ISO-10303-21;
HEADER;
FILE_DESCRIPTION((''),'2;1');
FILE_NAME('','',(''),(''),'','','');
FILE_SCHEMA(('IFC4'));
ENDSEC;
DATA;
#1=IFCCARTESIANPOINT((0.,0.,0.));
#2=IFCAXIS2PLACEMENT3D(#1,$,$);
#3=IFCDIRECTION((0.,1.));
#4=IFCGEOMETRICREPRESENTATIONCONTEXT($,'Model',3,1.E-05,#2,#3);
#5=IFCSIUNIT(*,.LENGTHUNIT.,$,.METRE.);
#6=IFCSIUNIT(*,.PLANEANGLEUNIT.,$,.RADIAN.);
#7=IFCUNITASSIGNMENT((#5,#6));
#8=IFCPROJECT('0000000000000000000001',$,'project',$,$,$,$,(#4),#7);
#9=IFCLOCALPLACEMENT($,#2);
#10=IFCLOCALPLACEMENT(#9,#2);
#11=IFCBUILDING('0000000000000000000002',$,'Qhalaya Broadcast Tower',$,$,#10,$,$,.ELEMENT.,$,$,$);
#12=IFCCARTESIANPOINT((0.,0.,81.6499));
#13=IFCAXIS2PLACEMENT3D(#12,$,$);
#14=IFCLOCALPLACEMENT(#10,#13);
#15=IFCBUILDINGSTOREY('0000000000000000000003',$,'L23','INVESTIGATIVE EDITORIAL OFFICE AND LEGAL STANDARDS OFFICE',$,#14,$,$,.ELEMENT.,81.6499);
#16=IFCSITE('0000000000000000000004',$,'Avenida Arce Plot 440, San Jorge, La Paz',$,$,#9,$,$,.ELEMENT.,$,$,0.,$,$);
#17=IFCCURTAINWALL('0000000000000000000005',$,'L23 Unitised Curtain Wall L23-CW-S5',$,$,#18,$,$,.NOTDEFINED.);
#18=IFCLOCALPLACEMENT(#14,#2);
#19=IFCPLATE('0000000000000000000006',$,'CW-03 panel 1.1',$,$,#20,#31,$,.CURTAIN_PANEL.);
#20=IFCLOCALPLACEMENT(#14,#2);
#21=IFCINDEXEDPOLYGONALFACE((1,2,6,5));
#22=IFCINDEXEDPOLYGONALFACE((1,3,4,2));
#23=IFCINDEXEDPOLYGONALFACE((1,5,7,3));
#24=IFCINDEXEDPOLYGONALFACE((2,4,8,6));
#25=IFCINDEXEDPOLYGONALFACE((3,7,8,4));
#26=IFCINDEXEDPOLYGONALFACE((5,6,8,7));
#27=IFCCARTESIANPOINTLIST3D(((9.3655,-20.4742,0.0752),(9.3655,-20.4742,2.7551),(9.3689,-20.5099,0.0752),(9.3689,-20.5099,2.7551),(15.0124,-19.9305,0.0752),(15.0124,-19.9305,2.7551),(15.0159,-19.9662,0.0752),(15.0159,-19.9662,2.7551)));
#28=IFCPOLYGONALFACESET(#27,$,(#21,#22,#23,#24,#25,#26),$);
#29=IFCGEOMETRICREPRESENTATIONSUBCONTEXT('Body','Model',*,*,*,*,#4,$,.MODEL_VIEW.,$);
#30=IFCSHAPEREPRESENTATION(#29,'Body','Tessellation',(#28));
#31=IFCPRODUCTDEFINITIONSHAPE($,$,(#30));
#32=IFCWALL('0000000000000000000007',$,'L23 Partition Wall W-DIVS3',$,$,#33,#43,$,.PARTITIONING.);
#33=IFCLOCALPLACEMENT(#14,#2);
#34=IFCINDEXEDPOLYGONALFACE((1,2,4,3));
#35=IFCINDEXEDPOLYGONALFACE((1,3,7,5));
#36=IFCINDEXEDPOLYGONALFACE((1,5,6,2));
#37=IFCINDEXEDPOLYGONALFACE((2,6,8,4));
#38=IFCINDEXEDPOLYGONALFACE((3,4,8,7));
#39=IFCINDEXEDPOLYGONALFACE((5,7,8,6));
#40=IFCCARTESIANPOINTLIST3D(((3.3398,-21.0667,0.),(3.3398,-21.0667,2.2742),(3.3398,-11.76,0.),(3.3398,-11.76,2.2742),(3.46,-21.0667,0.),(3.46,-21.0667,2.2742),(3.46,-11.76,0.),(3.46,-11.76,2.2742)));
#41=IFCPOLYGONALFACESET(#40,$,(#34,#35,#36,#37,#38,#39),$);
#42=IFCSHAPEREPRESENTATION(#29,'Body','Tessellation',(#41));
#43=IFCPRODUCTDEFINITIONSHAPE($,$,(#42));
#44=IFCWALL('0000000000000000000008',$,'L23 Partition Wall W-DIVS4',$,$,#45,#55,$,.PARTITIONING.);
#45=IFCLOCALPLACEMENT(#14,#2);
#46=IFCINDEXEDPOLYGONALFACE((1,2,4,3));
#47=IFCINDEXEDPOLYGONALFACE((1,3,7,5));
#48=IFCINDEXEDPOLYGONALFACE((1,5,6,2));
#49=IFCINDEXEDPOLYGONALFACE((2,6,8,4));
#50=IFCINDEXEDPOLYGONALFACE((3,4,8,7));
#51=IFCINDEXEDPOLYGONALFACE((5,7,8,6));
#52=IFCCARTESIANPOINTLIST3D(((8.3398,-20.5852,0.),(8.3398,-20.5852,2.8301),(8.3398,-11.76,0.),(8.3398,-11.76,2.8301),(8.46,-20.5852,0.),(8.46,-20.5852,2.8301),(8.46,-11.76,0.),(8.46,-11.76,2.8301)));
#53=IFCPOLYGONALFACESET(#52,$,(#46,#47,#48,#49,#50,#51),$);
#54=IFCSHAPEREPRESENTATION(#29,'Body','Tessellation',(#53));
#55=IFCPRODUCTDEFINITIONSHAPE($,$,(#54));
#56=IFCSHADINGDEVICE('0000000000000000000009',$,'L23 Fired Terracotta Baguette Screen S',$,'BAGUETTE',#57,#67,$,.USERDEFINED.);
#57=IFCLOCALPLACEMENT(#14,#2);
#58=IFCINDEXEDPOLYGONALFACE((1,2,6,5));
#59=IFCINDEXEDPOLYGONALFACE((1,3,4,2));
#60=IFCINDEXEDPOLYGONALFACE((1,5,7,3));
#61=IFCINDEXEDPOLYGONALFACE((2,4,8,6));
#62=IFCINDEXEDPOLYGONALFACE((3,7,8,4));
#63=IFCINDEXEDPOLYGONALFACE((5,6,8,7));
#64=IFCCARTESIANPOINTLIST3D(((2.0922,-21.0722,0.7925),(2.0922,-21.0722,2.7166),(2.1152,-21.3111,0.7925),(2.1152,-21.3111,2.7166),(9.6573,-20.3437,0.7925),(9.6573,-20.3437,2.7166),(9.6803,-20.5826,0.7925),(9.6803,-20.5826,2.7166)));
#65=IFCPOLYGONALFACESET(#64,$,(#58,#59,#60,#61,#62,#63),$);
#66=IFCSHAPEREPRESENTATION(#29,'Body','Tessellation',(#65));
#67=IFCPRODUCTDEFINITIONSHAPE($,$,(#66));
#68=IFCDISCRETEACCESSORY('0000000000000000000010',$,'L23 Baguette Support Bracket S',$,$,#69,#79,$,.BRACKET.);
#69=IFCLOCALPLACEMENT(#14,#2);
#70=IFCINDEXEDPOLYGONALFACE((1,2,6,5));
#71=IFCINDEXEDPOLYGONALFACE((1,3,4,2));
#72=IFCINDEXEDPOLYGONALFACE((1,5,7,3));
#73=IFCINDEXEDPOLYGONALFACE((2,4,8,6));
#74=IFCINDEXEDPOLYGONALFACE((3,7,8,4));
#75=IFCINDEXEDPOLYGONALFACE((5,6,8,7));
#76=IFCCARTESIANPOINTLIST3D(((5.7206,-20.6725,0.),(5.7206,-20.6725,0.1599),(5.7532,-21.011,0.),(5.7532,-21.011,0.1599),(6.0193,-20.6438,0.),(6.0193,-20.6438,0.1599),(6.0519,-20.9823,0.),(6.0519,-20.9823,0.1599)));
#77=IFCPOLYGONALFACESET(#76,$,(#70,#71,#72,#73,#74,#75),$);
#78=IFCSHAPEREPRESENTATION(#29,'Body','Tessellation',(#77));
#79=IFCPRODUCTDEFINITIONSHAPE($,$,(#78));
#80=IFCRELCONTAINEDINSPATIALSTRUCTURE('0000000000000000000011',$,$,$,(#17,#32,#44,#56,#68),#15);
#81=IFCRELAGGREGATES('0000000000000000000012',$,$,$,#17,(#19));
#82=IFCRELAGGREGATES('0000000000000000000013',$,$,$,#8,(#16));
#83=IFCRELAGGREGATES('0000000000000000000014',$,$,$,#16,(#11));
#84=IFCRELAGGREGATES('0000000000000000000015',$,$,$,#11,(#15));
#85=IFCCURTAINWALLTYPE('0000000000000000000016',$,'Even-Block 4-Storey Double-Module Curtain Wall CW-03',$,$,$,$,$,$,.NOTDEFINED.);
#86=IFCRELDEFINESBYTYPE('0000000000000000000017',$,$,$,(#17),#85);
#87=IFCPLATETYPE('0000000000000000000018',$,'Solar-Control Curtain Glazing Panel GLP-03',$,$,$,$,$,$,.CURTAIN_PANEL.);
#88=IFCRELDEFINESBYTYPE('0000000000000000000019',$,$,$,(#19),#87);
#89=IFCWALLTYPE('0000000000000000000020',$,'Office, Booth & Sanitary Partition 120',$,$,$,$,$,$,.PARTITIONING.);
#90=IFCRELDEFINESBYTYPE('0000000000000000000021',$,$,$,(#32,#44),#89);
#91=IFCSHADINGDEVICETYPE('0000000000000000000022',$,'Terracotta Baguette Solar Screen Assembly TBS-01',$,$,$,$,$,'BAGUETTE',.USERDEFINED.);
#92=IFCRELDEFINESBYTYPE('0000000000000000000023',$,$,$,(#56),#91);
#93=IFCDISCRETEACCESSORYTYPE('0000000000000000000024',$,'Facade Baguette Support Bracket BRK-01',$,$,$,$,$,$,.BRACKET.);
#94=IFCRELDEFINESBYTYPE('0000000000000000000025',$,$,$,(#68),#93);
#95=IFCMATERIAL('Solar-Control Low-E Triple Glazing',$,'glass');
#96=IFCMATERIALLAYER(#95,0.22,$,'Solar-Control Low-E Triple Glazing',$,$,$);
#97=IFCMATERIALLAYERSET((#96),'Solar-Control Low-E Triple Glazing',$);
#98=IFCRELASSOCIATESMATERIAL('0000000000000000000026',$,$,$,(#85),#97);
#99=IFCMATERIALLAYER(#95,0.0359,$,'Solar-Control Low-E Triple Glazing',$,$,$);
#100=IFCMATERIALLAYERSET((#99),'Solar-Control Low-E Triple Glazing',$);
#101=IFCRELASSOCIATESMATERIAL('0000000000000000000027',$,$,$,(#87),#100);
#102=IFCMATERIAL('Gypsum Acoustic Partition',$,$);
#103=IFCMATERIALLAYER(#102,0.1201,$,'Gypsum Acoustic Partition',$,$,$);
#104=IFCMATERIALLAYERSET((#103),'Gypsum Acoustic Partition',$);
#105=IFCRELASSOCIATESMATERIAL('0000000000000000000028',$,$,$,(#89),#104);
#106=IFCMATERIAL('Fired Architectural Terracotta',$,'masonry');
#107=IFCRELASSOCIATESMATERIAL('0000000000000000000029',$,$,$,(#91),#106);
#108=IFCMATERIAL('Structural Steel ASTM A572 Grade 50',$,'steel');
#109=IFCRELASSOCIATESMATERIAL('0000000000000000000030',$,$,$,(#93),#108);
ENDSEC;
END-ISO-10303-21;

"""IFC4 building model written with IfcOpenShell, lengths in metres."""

from ifc_helpers import new_model, si_unit, direction, frame, frame_2d, origin, origin_2d, place, context, subcontext, project, spatial, rectangle, extrude, material, layer, layer_set, type_object, element, aggregate, save


model = new_model("IFC4")

# Units and contexts
model_context = context("Model", 3, precision=1e-05, world=origin(), true_north=direction((0.0, 1.0)))
body_context = subcontext(model_context, "Body", "Model", "MODEL_VIEW")
ifc_project = project(units=[si_unit("LENGTHUNIT", "METRE"), si_unit("PLANEANGLEUNIT", "RADIAN")], contexts=[model_context])

# Site, building, storey
site_placement = place(None, origin())
site = spatial("IfcSite", under=ifc_project, at=site_placement, Name="Avenida Arce Plot 440, San Jorge, La Paz", CompositionType="ELEMENT", RefElevation=0.0)
building_placement = place(site_placement, origin())
building = spatial("IfcBuilding", under=site, at=building_placement, Name="Qhalaya Broadcast Tower", CompositionType="ELEMENT")
storey_placement = place(building_placement, frame((0.0, 0.0, 81.6499)))
storey = spatial("IfcBuildingStorey", under=building, at=storey_placement, Name="L23", Description="INVESTIGATIVE EDITORIAL OFFICE AND LEGAL STANDARDS OFFICE", CompositionType="ELEMENT", Elevation=81.6499)

# Shared definitions
ifc_material_1 = material(Name="Structural Steel ASTM A572 Grade 50", Category="steel")

# Shared definitions
ifc_material_2 = material(Name="Solar-Control Low-E Triple Glazing", Category="glass")
ifc_layer_1 = layer(ifc_material_2, 0.22, Name="Solar-Control Low-E Triple Glazing")
ifc_layer_set_1 = layer_set([ifc_layer_1], Name="Solar-Control Low-E Triple Glazing")
curtain_wall_type_1 = type_object("IfcCurtainWallType", Name="Even-Block 4-Storey Double-Module Curtain Wall CW-03", PredefinedType="NOTDEFINED", material=ifc_layer_set_1)

# Shared definitions
ifc_material_3 = material(Name="Fired Architectural Terracotta", Category="masonry")

# Curtain wall
curtain_wall_1_placement = place(storey_placement, origin())
curtain_wall_1 = element("IfcCurtainWall", 1, at=curtain_wall_1_placement, inside=storey, type_object=curtain_wall_type_1, Name="L23 Unitised Curtain Wall L23-CW-S5", PredefinedType="NOTDEFINED")

# Plate
ifc_layer_2 = layer(ifc_material_2, 0.0359, Name="Solar-Control Low-E Triple Glazing")
ifc_layer_set_2 = layer_set([ifc_layer_2], Name="Solar-Control Low-E Triple Glazing")
plate_type_1 = type_object("IfcPlateType", Name="Solar-Control Curtain Glazing Panel GLP-03", PredefinedType="CURTAIN_PANEL", material=ifc_layer_set_2)
plate_1_placement = place(storey_placement, frame((12.1907, -20.2202, 0.0752), z_axis=(0.0, 0.0, 1.0), x_axis=(0.995396, 0.095844, 0.0)))
plate_1 = element("IfcPlate", 2, at=plate_1_placement, type_object=plate_type_1, Name="CW-03 panel 1.1", PredefinedType="CURTAIN_PANEL", context=body_context, shape_type="SweptSolid", body=[
    extrude(rectangle(XDim=5.6731, YDim=0.0359, at=origin_2d()), origin(), (0.0, 0.0, 1.0), 2.6799),
])
aggregate(curtain_wall_1, [plate_1])

# Walls
ifc_material_4 = material(Name="Gypsum Acoustic Partition")
ifc_layer_3 = layer(ifc_material_4, 0.1201, Name="Gypsum Acoustic Partition")
ifc_layer_set_3 = layer_set([ifc_layer_3], Name="Gypsum Acoustic Partition")
wall_type = type_object("IfcWallType", Name="Office, Booth & Sanitary Partition 120", PredefinedType="PARTITIONING", material=ifc_layer_set_3)
wall_1_placement = place(storey_placement, frame((3.3999, -21.0667, 0.0), z_axis=(0.0, 0.0, 1.0), x_axis=(0.0, 1.0, 0.0)))
element("IfcWall", 3, at=wall_1_placement, inside=storey, type_object=wall_type, Name="L23 Partition Wall W-DIVS3", PredefinedType="PARTITIONING", context=body_context, shape_type="SweptSolid", body=[
    extrude(rectangle(XDim=9.3066, YDim=0.1201, at=frame_2d((4.6533, 0.0))), origin(), (0.0, 0.0, 1.0), 2.2742),
])
wall_2_placement = place(storey_placement, frame((8.3999, -20.5852, 0.0), z_axis=(0.0, 0.0, 1.0), x_axis=(0.0, 1.0, 0.0)))
element("IfcWall", 4, at=wall_2_placement, inside=storey, type_object=wall_type, Name="L23 Partition Wall W-DIVS4", PredefinedType="PARTITIONING", context=body_context, shape_type="SweptSolid", body=[
    extrude(rectangle(XDim=8.8252, YDim=0.1201, at=frame_2d((4.4126, 0.0))), origin(), (0.0, 0.0, 1.0), 2.8301),
])

# Shading device
shading_device_type = type_object("IfcShadingDeviceType", Name="Terracotta Baguette Solar Screen Assembly TBS-01", ElementType="BAGUETTE", PredefinedType="USERDEFINED", material=ifc_material_3)
shading_device_placement = place(storey_placement, frame((5.8862, -20.8274, 0.7925), z_axis=(0.0, 0.0, 1.0), x_axis=(0.995396, 0.095846, 0.0)))
element("IfcShadingDevice", 5, at=shading_device_placement, inside=storey, type_object=shading_device_type, Name="L23 Fired Terracotta Baguette Screen S", ObjectType="BAGUETTE", PredefinedType="USERDEFINED", context=body_context, shape_type="SweptSolid", body=[
    extrude(rectangle(XDim=7.6001, YDim=0.24, at=origin_2d()), origin(), (0.0, 0.0, 1.0), 1.9241),
])

# Discrete accessory
discrete_accessory_type = type_object("IfcDiscreteAccessoryType", Name="Facade Baguette Support Bracket BRK-01", PredefinedType="BRACKET", material=ifc_material_1)
discrete_accessory_placement = place(storey_placement, frame((5.8862, -20.8274, 0.0), z_axis=(0.0, 0.0, 1.0), x_axis=(0.995396, 0.095846, 0.0)))
element("IfcDiscreteAccessory", 6, at=discrete_accessory_placement, inside=storey, type_object=discrete_accessory_type, Name="L23 Baguette Support Bracket S", PredefinedType="BRACKET", context=body_context, shape_type="SweptSolid", body=[
    extrude(rectangle(XDim=0.3, YDim=0.3401, at=origin_2d()), origin(), (0.0, 0.0, 1.0), 0.1599),
])

save(model, "model.ifc")
